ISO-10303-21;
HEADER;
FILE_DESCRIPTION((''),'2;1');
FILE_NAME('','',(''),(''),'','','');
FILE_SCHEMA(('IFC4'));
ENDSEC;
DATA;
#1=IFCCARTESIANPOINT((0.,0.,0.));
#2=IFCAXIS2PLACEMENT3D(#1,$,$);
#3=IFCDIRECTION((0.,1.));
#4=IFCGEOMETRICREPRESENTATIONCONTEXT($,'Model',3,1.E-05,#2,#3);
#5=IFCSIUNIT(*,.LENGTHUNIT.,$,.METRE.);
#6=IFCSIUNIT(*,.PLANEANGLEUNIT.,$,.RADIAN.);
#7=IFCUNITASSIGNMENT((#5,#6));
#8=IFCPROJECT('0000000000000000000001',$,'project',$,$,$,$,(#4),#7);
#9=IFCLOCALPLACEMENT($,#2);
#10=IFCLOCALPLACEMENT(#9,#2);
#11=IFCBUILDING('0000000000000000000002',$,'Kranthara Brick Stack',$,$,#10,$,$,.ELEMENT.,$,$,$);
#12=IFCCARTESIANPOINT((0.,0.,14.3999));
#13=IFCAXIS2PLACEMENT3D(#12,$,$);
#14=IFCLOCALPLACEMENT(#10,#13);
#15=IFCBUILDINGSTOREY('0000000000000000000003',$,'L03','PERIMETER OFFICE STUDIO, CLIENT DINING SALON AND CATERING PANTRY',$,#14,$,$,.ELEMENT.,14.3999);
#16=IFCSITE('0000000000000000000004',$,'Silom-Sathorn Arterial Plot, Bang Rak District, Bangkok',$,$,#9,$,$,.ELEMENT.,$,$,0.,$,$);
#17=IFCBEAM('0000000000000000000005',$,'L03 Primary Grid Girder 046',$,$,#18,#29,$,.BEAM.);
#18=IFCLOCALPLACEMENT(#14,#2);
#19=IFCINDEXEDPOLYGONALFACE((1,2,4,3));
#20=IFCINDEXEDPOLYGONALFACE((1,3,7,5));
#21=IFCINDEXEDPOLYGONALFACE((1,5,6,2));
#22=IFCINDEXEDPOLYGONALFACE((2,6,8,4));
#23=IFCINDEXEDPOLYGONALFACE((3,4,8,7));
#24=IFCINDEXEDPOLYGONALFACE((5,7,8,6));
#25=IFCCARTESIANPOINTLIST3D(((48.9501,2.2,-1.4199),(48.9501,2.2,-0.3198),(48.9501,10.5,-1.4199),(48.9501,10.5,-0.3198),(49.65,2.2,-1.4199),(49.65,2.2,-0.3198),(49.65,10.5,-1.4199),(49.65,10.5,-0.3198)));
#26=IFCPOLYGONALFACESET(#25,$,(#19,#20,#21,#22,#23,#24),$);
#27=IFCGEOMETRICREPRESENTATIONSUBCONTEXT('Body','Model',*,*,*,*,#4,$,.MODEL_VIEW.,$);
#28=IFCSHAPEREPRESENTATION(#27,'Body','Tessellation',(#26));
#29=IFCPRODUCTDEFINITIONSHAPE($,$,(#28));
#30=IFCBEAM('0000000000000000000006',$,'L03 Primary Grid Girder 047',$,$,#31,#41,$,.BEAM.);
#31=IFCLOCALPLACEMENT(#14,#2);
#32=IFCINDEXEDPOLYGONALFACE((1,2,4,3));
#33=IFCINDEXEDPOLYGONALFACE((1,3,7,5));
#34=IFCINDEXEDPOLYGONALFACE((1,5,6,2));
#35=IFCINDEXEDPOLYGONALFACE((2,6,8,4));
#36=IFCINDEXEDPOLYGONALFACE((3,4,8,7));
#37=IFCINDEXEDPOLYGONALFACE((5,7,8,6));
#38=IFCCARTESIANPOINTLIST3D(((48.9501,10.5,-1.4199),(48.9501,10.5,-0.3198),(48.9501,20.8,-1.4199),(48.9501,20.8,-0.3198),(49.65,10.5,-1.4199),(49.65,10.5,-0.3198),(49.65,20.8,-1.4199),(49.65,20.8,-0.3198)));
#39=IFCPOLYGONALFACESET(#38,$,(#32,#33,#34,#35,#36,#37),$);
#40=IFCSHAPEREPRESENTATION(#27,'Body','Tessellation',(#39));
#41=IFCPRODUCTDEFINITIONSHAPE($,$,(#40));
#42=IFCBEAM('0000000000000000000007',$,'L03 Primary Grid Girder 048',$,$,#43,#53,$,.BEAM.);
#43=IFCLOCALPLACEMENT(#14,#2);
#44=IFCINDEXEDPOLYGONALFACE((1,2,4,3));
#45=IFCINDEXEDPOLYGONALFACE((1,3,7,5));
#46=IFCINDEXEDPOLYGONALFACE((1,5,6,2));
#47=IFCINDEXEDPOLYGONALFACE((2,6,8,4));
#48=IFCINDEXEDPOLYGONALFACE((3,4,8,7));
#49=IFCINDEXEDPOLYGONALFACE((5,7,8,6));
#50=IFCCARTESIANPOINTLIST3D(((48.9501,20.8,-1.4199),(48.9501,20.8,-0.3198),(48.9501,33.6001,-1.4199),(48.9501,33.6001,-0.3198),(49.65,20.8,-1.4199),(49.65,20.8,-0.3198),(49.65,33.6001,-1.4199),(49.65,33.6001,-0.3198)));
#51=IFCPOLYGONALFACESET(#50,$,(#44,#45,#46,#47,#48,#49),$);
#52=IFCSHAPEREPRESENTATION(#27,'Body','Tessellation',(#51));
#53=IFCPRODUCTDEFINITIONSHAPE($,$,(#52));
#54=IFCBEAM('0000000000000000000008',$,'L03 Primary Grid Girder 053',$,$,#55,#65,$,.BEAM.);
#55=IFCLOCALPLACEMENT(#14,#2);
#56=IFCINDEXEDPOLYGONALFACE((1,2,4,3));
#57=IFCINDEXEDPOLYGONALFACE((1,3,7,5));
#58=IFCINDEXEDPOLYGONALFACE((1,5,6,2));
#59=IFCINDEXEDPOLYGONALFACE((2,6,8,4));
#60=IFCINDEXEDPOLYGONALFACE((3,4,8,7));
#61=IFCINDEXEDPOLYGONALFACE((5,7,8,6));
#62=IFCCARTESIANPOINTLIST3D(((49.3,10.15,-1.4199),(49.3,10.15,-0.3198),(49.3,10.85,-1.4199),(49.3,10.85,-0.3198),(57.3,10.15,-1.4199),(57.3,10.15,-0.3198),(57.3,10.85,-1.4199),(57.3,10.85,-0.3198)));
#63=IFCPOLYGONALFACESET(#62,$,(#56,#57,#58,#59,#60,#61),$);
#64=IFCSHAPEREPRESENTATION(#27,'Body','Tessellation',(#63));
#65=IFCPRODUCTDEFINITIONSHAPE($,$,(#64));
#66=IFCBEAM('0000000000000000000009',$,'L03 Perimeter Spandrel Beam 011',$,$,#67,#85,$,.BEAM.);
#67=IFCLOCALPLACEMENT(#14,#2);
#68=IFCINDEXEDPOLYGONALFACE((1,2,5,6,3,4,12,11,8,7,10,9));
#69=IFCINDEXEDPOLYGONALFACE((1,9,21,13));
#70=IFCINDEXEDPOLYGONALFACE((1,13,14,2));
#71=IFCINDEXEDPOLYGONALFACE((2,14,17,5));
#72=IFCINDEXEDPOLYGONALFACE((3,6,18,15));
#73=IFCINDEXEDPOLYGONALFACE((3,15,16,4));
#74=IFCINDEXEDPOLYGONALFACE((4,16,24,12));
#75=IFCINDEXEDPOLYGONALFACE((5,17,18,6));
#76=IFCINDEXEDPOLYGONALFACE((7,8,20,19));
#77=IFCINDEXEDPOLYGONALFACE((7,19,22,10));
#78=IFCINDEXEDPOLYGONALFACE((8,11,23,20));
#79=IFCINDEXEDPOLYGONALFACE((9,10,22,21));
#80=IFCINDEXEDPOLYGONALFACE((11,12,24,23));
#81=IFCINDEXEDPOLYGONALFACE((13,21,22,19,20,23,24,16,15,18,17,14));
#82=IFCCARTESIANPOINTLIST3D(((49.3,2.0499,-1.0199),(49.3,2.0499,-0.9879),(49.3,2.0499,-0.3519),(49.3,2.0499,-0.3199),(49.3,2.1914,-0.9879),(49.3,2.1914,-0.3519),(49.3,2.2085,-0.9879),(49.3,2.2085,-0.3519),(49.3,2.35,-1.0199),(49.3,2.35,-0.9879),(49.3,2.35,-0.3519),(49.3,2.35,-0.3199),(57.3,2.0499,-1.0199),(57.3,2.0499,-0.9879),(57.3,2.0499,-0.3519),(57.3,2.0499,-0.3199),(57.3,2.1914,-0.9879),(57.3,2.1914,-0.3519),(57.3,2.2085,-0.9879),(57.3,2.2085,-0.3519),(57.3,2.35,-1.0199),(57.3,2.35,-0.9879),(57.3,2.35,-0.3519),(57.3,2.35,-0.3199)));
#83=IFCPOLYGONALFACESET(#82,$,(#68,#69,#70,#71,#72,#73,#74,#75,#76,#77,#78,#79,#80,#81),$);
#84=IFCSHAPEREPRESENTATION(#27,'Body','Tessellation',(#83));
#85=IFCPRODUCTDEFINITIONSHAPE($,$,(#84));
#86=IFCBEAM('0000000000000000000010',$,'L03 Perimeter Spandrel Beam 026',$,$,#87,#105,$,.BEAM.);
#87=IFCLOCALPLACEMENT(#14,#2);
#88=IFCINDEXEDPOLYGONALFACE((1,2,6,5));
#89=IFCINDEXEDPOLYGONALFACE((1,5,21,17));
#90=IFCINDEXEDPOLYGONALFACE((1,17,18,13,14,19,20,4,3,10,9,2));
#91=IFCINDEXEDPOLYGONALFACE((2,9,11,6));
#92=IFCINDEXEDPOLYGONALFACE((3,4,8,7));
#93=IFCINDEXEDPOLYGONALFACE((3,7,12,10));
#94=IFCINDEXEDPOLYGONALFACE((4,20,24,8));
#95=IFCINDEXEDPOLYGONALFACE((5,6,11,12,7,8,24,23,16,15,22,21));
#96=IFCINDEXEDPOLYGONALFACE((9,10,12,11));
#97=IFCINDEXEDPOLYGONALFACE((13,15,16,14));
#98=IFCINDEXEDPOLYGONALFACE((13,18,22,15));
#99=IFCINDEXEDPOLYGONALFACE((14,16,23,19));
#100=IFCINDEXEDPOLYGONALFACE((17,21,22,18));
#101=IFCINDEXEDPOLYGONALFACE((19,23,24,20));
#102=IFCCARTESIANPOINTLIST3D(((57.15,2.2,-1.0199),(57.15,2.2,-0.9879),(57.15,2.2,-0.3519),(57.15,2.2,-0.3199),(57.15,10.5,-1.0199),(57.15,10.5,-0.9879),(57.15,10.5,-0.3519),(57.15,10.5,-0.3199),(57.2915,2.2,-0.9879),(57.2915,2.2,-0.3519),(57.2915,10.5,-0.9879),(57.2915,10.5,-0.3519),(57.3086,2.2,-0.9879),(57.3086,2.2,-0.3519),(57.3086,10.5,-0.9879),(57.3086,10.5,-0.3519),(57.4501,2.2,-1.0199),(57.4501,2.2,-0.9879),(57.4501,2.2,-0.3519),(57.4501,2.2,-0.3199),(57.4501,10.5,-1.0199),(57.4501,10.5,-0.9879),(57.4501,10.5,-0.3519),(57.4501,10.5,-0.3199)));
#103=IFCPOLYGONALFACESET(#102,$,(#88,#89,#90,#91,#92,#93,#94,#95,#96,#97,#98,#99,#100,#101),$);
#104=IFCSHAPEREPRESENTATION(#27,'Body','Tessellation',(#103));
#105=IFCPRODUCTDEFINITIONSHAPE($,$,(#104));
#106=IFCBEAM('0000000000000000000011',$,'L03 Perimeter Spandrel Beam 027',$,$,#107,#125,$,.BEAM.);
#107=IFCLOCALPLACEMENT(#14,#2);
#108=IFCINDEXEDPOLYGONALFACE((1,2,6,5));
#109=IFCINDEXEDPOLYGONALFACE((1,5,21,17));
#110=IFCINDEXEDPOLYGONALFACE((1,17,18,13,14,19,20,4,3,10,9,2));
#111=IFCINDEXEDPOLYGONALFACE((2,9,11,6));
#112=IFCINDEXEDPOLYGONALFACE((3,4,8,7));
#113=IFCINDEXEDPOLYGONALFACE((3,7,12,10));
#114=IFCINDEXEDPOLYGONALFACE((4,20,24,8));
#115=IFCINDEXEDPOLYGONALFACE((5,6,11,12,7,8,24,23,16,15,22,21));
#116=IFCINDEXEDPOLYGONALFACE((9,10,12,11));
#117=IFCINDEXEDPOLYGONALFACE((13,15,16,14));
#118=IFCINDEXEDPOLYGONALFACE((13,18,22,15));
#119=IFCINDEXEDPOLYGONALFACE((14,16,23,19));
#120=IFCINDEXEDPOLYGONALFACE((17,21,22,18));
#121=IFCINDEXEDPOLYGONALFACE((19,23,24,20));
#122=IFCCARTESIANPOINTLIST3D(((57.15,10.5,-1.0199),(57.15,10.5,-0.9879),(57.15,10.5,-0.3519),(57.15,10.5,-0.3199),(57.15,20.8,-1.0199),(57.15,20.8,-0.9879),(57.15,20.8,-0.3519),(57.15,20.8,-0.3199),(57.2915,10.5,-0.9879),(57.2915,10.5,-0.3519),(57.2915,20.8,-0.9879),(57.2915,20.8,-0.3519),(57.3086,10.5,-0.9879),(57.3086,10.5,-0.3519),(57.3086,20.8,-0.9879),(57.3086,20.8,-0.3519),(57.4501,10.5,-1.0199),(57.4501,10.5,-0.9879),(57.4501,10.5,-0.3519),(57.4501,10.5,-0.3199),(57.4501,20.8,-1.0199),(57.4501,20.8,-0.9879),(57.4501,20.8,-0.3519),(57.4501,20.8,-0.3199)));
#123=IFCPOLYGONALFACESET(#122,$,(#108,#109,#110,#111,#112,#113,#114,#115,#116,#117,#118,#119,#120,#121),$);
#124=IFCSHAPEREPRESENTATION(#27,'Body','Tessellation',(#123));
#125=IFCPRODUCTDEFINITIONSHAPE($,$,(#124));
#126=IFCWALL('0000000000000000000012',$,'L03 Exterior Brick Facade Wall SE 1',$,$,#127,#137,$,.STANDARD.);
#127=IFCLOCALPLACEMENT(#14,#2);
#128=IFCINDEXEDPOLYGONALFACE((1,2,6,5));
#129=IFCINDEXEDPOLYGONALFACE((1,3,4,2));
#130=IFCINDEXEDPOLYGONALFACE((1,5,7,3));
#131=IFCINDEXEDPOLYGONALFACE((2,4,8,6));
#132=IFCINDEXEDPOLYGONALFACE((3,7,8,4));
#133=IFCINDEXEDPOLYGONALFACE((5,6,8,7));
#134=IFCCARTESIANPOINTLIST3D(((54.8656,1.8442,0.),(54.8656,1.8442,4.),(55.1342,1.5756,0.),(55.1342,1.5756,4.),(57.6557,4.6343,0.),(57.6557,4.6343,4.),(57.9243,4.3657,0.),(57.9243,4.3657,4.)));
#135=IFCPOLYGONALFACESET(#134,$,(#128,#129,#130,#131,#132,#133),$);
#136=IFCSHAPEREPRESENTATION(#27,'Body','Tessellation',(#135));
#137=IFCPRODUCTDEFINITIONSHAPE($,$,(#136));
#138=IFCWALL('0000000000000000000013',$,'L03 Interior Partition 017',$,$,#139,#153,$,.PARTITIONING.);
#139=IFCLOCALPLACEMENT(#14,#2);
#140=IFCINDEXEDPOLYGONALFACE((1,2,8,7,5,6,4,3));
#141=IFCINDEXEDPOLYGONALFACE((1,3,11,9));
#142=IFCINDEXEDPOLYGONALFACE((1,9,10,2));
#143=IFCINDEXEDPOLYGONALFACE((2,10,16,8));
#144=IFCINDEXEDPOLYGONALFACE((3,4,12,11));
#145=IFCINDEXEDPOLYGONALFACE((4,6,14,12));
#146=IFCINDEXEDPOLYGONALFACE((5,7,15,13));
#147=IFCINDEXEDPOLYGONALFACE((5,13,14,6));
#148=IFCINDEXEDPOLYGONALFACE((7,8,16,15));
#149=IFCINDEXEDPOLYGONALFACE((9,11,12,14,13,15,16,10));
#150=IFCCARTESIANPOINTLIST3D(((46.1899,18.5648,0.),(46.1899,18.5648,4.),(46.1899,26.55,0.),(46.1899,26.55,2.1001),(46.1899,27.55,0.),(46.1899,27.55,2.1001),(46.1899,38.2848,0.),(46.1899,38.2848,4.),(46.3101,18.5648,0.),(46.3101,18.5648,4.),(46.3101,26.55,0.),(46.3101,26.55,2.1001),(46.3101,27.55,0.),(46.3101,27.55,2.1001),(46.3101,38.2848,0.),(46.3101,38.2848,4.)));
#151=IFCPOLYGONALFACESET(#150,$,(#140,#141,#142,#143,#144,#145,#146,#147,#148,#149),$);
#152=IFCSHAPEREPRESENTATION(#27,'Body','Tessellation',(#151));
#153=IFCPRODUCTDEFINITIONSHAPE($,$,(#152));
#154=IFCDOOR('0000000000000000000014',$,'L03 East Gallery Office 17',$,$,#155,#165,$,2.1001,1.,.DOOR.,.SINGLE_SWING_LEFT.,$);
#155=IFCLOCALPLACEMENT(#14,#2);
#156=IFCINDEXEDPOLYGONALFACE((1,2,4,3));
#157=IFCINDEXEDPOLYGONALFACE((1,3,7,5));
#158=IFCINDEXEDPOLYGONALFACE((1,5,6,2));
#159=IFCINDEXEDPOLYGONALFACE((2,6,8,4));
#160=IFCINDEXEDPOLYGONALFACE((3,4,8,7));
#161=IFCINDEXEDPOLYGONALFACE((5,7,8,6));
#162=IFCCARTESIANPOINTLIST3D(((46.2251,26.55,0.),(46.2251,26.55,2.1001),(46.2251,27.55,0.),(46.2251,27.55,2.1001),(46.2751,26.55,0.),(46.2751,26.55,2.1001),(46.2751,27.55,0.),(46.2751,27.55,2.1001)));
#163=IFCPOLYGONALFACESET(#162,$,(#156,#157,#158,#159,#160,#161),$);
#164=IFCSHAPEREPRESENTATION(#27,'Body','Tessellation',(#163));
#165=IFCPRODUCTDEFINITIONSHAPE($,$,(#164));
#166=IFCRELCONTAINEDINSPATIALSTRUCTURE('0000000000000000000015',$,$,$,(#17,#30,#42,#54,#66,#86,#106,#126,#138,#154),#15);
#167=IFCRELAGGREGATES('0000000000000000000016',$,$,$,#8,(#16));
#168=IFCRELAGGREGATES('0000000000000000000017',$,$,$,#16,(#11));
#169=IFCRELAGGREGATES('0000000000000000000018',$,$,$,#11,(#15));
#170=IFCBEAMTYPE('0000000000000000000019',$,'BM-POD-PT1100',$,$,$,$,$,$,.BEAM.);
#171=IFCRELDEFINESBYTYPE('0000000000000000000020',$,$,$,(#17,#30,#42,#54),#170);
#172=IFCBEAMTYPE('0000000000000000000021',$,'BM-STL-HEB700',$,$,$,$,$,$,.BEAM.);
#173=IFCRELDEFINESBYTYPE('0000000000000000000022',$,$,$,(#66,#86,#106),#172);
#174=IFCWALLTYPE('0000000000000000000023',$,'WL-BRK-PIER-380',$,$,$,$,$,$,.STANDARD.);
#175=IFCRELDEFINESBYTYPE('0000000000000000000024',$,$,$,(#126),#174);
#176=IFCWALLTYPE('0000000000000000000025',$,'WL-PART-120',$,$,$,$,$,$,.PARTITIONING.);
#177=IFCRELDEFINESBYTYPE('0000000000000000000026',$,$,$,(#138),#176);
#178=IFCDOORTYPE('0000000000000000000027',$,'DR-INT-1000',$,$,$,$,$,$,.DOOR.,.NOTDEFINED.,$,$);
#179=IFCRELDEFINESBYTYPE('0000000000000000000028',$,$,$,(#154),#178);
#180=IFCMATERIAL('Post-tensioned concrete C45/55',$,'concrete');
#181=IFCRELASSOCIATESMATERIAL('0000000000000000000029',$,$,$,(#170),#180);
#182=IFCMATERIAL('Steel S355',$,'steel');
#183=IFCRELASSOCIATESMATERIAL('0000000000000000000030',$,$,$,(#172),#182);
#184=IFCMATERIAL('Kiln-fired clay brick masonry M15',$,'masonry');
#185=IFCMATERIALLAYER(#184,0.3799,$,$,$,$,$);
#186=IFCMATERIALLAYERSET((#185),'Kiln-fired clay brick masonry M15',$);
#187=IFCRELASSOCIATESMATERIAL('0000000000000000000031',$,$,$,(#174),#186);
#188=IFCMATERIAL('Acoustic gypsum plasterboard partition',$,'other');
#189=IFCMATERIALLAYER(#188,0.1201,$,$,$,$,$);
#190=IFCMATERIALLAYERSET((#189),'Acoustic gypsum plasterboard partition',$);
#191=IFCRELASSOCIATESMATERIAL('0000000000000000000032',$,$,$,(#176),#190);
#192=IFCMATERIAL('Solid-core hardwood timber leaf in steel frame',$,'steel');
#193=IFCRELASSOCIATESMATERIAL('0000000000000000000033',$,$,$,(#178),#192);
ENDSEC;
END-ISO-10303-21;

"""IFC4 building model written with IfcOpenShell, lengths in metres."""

from ifc_helpers import new_model, si_unit, direction, frame, frame_2d, origin, origin_2d, place, context, subcontext, project, spatial, rectangle, i_section, extrude, material, layer, layer_set, material_profile, profile_set, type_object, element, fill, save


model = new_model("IFC4")

# Units and contexts
model_context = context("Model", 3, precision=1e-05, world=origin(), true_north=direction((0.0, 1.0)))
body_context = subcontext(model_context, "Body", "Model", "MODEL_VIEW")
ifc_project = project(units=[si_unit("LENGTHUNIT", "METRE"), si_unit("PLANEANGLEUNIT", "RADIAN")], contexts=[model_context])

# Site, building, storey
site_placement = place(None, origin())
site = spatial("IfcSite", under=ifc_project, at=site_placement, Name="Silom-Sathorn Arterial Plot, Bang Rak District, Bangkok", CompositionType="ELEMENT", RefElevation=0.0)
building_placement = place(site_placement, origin())
building = spatial("IfcBuilding", under=site, at=building_placement, Name="Kranthara Brick Stack", CompositionType="ELEMENT")
storey_placement = place(building_placement, frame((0.0, 0.0, 14.3999)))
storey = spatial("IfcBuildingStorey", under=building, at=storey_placement, Name="L03", Description="PERIMETER OFFICE STUDIO, CLIENT DINING SALON AND CATERING PANTRY", CompositionType="ELEMENT", Elevation=14.3999)

# Beams
ifc_material_1 = material(Name="Post-tensioned concrete C45/55", Category="concrete")
ifc_material_profile_1 = material_profile(ifc_material_1, rectangle(XDim=0.7, YDim=1.1001, at=origin_2d()), Name="PT 700x1100")
ifc_profile_set_1 = profile_set([ifc_material_profile_1], Name="Post-tensioned concrete C45/55")
beam_type_1 = type_object("IfcBeamType", Name="BM-POD-PT1100", PredefinedType="BEAM", material=ifc_profile_set_1)
beam_1_placement = place(storey_placement, frame((49.3, 2.2, -0.8699), z_axis=(0.0, 1.0, 0.0), x_axis=(-1.0, 0.0, 0.0)))
element("IfcBeam", 1, at=beam_1_placement, inside=storey, type_object=beam_type_1, Name="L03 Primary Grid Girder 046", PredefinedType="BEAM", context=body_context, shape_type="SweptSolid", body=[
    extrude(rectangle(XDim=0.7, YDim=1.1001, at=origin_2d()), origin(), (0.0, 0.0, 1.0), 8.3),
])
beam_2_placement = place(storey_placement, frame((49.3, 10.5, -0.8699), z_axis=(0.0, 1.0, 0.0), x_axis=(-1.0, 0.0, 0.0)))
element("IfcBeam", 2, at=beam_2_placement, inside=storey, type_object=beam_type_1, Name="L03 Primary Grid Girder 047", PredefinedType="BEAM", context=body_context, shape_type="SweptSolid", body=[
    extrude(rectangle(XDim=0.7, YDim=1.1001, at=origin_2d()), origin(), (0.0, 0.0, 1.0), 10.3),
])
beam_3_placement = place(storey_placement, frame((49.3, 20.8, -0.8699), z_axis=(0.0, 1.0, 0.0), x_axis=(-1.0, 0.0, 0.0)))
element("IfcBeam", 3, at=beam_3_placement, inside=storey, type_object=beam_type_1, Name="L03 Primary Grid Girder 048", PredefinedType="BEAM", context=body_context, shape_type="SweptSolid", body=[
    extrude(rectangle(XDim=0.7, YDim=1.1001, at=origin_2d()), origin(), (0.0, 0.0, 1.0), 12.8),
])
beam_4_placement = place(storey_placement, frame((49.3, 10.5, -0.8699), z_axis=(1.0, 0.0, 0.0), x_axis=(0.0, 1.0, 0.0)))
element("IfcBeam", 4, at=beam_4_placement, inside=storey, type_object=beam_type_1, Name="L03 Primary Grid Girder 053", PredefinedType="BEAM", context=body_context, shape_type="SweptSolid", body=[
    extrude(rectangle(XDim=0.7, YDim=1.1001, at=origin_2d()), origin(), (0.0, 0.0, 1.0), 8.0),
])
ifc_material_2 = material(Name="Steel S355", Category="steel")
ifc_material_profile_2 = material_profile(ifc_material_2, i_section(OverallWidth=0.3, OverallDepth=0.7, WebThickness=0.0171, FlangeThickness=0.032, at=origin_2d()), Name="HEB 700")
ifc_profile_set_2 = profile_set([ifc_material_profile_2], Name="Steel S355")
beam_type_2 = type_object("IfcBeamType", Name="BM-STL-HEB700", PredefinedType="BEAM", material=ifc_profile_set_2)
beam_5_placement = place(storey_placement, frame((49.3, 2.2, -0.6699), z_axis=(1.0, 0.0, 0.0), x_axis=(0.0, 1.0, 0.0)))
element("IfcBeam", 5, at=beam_5_placement, inside=storey, type_object=beam_type_2, Name="L03 Perimeter Spandrel Beam 011", PredefinedType="BEAM", context=body_context, shape_type="SweptSolid", body=[
    extrude(i_section(OverallWidth=0.3, OverallDepth=0.7, WebThickness=0.0171, FlangeThickness=0.032, at=origin_2d()), origin(), (0.0, 0.0, 1.0), 8.0),
])
beam_6_placement = place(storey_placement, frame((57.3, 2.2, -0.6699), z_axis=(0.0, 1.0, 0.0), x_axis=(-1.0, 0.0, 0.0)))
element("IfcBeam", 6, at=beam_6_placement, inside=storey, type_object=beam_type_2, Name="L03 Perimeter Spandrel Beam 026", PredefinedType="BEAM", context=body_context, shape_type="SweptSolid", body=[
    extrude(i_section(OverallWidth=0.3, OverallDepth=0.7, WebThickness=0.0171, FlangeThickness=0.032, at=origin_2d()), origin(), (0.0, 0.0, 1.0), 8.3),
])
beam_7_placement = place(storey_placement, frame((57.3, 10.5, -0.6699), z_axis=(0.0, 1.0, 0.0), x_axis=(-1.0, 0.0, 0.0)))
element("IfcBeam", 7, at=beam_7_placement, inside=storey, type_object=beam_type_2, Name="L03 Perimeter Spandrel Beam 027", PredefinedType="BEAM", context=body_context, shape_type="SweptSolid", body=[
    extrude(i_section(OverallWidth=0.3, OverallDepth=0.7, WebThickness=0.0171, FlangeThickness=0.032, at=origin_2d()), origin(), (0.0, 0.0, 1.0), 10.3),
])

# Wall
ifc_material_3 = material(Name="Kiln-fired clay brick masonry M15", Category="masonry")
ifc_layer_1 = layer(ifc_material_3, 0.3799)
ifc_layer_set_1 = layer_set([ifc_layer_1], Name="Kiln-fired clay brick masonry M15")
wall_type_1 = type_object("IfcWallType", Name="WL-BRK-PIER-380", PredefinedType="STANDARD", material=ifc_layer_set_1)
wall_1_placement = place(storey_placement, frame((57.79, 4.5, 0.0), z_axis=(0.0, 0.0, 1.0), x_axis=(-0.707107, -0.707107, 0.0)))
element("IfcWall", 8, at=wall_1_placement, inside=storey, type_object=wall_type_1, Name="L03 Exterior Brick Facade Wall SE 1", PredefinedType="STANDARD", context=body_context, shape_type="SweptSolid", body=[
    extrude(rectangle(XDim=3.9458, YDim=0.3799, at=frame_2d((1.9729, 0.0))), origin(), (0.0, 0.0, 1.0), 4.0),
])

# Wall, opening, door
ifc_material_4 = material(Name="Acoustic gypsum plasterboard partition", Category="other")
ifc_layer_2 = layer(ifc_material_4, 0.1201)
ifc_layer_set_2 = layer_set([ifc_layer_2], Name="Acoustic gypsum plasterboard partition")
wall_type_2 = type_object("IfcWallType", Name="WL-PART-120", PredefinedType="PARTITIONING", material=ifc_layer_set_2)
wall_2_placement = place(storey_placement, frame((46.25, 18.5649, 0.0), z_axis=(0.0, 0.0, 1.0), x_axis=(0.0, 1.0, 0.0)))
wall_2 = element("IfcWall", 9, at=wall_2_placement, inside=storey, type_object=wall_type_2, Name="L03 Interior Partition 017", PredefinedType="PARTITIONING", context=body_context, shape_type="SweptSolid", body=[
    extrude(rectangle(XDim=19.72, YDim=0.1201, at=frame_2d((9.8599, 0.0))), origin(), (0.0, 0.0, 1.0), 4.0),
])
opening_placement = place(wall_2_placement, frame((7.9851, 0.0, 0.0)))
opening = element("IfcOpeningElement", 10, at=opening_placement, cuts=wall_2, PredefinedType="OPENING", context=body_context, shape_type="SweptSolid", body=[
    extrude(rectangle(XDim=1.0, YDim=2.1001, at=frame_2d((0.5, 1.05))), frame((0.0, 0.0701, 0.0), z_axis=(0.0, -1.0, 0.0), x_axis=(1.0, 0.0, 0.0)), (0.0, 0.0, 1.0), 0.1401),
])
ifc_material_5 = material(Name="Solid-core hardwood timber leaf in steel frame", Category="steel")
door_type = type_object("IfcDoorType", Name="DR-INT-1000", OperationType="NOTDEFINED", PredefinedType="DOOR", material=ifc_material_5)
door_placement = place(opening_placement, origin())
door = element("IfcDoor", 11, at=door_placement, inside=storey, type_object=door_type, Name="L03 East Gallery Office 17", OperationType="SINGLE_SWING_LEFT", OverallHeight=2.1001, OverallWidth=1.0, PredefinedType="DOOR", context=body_context, shape_type="SweptSolid", body=[
    extrude(rectangle(XDim=1.0, YDim=2.1001, at=frame_2d((0.5, 1.05))), frame((0.0, 0.0249, 0.0), z_axis=(0.0, -1.0, 0.0), x_axis=(1.0, 0.0, 0.0)), (0.0, 0.0, 1.0), 0.05),
])
fill(opening, door)

save(model, "model.ifc")
